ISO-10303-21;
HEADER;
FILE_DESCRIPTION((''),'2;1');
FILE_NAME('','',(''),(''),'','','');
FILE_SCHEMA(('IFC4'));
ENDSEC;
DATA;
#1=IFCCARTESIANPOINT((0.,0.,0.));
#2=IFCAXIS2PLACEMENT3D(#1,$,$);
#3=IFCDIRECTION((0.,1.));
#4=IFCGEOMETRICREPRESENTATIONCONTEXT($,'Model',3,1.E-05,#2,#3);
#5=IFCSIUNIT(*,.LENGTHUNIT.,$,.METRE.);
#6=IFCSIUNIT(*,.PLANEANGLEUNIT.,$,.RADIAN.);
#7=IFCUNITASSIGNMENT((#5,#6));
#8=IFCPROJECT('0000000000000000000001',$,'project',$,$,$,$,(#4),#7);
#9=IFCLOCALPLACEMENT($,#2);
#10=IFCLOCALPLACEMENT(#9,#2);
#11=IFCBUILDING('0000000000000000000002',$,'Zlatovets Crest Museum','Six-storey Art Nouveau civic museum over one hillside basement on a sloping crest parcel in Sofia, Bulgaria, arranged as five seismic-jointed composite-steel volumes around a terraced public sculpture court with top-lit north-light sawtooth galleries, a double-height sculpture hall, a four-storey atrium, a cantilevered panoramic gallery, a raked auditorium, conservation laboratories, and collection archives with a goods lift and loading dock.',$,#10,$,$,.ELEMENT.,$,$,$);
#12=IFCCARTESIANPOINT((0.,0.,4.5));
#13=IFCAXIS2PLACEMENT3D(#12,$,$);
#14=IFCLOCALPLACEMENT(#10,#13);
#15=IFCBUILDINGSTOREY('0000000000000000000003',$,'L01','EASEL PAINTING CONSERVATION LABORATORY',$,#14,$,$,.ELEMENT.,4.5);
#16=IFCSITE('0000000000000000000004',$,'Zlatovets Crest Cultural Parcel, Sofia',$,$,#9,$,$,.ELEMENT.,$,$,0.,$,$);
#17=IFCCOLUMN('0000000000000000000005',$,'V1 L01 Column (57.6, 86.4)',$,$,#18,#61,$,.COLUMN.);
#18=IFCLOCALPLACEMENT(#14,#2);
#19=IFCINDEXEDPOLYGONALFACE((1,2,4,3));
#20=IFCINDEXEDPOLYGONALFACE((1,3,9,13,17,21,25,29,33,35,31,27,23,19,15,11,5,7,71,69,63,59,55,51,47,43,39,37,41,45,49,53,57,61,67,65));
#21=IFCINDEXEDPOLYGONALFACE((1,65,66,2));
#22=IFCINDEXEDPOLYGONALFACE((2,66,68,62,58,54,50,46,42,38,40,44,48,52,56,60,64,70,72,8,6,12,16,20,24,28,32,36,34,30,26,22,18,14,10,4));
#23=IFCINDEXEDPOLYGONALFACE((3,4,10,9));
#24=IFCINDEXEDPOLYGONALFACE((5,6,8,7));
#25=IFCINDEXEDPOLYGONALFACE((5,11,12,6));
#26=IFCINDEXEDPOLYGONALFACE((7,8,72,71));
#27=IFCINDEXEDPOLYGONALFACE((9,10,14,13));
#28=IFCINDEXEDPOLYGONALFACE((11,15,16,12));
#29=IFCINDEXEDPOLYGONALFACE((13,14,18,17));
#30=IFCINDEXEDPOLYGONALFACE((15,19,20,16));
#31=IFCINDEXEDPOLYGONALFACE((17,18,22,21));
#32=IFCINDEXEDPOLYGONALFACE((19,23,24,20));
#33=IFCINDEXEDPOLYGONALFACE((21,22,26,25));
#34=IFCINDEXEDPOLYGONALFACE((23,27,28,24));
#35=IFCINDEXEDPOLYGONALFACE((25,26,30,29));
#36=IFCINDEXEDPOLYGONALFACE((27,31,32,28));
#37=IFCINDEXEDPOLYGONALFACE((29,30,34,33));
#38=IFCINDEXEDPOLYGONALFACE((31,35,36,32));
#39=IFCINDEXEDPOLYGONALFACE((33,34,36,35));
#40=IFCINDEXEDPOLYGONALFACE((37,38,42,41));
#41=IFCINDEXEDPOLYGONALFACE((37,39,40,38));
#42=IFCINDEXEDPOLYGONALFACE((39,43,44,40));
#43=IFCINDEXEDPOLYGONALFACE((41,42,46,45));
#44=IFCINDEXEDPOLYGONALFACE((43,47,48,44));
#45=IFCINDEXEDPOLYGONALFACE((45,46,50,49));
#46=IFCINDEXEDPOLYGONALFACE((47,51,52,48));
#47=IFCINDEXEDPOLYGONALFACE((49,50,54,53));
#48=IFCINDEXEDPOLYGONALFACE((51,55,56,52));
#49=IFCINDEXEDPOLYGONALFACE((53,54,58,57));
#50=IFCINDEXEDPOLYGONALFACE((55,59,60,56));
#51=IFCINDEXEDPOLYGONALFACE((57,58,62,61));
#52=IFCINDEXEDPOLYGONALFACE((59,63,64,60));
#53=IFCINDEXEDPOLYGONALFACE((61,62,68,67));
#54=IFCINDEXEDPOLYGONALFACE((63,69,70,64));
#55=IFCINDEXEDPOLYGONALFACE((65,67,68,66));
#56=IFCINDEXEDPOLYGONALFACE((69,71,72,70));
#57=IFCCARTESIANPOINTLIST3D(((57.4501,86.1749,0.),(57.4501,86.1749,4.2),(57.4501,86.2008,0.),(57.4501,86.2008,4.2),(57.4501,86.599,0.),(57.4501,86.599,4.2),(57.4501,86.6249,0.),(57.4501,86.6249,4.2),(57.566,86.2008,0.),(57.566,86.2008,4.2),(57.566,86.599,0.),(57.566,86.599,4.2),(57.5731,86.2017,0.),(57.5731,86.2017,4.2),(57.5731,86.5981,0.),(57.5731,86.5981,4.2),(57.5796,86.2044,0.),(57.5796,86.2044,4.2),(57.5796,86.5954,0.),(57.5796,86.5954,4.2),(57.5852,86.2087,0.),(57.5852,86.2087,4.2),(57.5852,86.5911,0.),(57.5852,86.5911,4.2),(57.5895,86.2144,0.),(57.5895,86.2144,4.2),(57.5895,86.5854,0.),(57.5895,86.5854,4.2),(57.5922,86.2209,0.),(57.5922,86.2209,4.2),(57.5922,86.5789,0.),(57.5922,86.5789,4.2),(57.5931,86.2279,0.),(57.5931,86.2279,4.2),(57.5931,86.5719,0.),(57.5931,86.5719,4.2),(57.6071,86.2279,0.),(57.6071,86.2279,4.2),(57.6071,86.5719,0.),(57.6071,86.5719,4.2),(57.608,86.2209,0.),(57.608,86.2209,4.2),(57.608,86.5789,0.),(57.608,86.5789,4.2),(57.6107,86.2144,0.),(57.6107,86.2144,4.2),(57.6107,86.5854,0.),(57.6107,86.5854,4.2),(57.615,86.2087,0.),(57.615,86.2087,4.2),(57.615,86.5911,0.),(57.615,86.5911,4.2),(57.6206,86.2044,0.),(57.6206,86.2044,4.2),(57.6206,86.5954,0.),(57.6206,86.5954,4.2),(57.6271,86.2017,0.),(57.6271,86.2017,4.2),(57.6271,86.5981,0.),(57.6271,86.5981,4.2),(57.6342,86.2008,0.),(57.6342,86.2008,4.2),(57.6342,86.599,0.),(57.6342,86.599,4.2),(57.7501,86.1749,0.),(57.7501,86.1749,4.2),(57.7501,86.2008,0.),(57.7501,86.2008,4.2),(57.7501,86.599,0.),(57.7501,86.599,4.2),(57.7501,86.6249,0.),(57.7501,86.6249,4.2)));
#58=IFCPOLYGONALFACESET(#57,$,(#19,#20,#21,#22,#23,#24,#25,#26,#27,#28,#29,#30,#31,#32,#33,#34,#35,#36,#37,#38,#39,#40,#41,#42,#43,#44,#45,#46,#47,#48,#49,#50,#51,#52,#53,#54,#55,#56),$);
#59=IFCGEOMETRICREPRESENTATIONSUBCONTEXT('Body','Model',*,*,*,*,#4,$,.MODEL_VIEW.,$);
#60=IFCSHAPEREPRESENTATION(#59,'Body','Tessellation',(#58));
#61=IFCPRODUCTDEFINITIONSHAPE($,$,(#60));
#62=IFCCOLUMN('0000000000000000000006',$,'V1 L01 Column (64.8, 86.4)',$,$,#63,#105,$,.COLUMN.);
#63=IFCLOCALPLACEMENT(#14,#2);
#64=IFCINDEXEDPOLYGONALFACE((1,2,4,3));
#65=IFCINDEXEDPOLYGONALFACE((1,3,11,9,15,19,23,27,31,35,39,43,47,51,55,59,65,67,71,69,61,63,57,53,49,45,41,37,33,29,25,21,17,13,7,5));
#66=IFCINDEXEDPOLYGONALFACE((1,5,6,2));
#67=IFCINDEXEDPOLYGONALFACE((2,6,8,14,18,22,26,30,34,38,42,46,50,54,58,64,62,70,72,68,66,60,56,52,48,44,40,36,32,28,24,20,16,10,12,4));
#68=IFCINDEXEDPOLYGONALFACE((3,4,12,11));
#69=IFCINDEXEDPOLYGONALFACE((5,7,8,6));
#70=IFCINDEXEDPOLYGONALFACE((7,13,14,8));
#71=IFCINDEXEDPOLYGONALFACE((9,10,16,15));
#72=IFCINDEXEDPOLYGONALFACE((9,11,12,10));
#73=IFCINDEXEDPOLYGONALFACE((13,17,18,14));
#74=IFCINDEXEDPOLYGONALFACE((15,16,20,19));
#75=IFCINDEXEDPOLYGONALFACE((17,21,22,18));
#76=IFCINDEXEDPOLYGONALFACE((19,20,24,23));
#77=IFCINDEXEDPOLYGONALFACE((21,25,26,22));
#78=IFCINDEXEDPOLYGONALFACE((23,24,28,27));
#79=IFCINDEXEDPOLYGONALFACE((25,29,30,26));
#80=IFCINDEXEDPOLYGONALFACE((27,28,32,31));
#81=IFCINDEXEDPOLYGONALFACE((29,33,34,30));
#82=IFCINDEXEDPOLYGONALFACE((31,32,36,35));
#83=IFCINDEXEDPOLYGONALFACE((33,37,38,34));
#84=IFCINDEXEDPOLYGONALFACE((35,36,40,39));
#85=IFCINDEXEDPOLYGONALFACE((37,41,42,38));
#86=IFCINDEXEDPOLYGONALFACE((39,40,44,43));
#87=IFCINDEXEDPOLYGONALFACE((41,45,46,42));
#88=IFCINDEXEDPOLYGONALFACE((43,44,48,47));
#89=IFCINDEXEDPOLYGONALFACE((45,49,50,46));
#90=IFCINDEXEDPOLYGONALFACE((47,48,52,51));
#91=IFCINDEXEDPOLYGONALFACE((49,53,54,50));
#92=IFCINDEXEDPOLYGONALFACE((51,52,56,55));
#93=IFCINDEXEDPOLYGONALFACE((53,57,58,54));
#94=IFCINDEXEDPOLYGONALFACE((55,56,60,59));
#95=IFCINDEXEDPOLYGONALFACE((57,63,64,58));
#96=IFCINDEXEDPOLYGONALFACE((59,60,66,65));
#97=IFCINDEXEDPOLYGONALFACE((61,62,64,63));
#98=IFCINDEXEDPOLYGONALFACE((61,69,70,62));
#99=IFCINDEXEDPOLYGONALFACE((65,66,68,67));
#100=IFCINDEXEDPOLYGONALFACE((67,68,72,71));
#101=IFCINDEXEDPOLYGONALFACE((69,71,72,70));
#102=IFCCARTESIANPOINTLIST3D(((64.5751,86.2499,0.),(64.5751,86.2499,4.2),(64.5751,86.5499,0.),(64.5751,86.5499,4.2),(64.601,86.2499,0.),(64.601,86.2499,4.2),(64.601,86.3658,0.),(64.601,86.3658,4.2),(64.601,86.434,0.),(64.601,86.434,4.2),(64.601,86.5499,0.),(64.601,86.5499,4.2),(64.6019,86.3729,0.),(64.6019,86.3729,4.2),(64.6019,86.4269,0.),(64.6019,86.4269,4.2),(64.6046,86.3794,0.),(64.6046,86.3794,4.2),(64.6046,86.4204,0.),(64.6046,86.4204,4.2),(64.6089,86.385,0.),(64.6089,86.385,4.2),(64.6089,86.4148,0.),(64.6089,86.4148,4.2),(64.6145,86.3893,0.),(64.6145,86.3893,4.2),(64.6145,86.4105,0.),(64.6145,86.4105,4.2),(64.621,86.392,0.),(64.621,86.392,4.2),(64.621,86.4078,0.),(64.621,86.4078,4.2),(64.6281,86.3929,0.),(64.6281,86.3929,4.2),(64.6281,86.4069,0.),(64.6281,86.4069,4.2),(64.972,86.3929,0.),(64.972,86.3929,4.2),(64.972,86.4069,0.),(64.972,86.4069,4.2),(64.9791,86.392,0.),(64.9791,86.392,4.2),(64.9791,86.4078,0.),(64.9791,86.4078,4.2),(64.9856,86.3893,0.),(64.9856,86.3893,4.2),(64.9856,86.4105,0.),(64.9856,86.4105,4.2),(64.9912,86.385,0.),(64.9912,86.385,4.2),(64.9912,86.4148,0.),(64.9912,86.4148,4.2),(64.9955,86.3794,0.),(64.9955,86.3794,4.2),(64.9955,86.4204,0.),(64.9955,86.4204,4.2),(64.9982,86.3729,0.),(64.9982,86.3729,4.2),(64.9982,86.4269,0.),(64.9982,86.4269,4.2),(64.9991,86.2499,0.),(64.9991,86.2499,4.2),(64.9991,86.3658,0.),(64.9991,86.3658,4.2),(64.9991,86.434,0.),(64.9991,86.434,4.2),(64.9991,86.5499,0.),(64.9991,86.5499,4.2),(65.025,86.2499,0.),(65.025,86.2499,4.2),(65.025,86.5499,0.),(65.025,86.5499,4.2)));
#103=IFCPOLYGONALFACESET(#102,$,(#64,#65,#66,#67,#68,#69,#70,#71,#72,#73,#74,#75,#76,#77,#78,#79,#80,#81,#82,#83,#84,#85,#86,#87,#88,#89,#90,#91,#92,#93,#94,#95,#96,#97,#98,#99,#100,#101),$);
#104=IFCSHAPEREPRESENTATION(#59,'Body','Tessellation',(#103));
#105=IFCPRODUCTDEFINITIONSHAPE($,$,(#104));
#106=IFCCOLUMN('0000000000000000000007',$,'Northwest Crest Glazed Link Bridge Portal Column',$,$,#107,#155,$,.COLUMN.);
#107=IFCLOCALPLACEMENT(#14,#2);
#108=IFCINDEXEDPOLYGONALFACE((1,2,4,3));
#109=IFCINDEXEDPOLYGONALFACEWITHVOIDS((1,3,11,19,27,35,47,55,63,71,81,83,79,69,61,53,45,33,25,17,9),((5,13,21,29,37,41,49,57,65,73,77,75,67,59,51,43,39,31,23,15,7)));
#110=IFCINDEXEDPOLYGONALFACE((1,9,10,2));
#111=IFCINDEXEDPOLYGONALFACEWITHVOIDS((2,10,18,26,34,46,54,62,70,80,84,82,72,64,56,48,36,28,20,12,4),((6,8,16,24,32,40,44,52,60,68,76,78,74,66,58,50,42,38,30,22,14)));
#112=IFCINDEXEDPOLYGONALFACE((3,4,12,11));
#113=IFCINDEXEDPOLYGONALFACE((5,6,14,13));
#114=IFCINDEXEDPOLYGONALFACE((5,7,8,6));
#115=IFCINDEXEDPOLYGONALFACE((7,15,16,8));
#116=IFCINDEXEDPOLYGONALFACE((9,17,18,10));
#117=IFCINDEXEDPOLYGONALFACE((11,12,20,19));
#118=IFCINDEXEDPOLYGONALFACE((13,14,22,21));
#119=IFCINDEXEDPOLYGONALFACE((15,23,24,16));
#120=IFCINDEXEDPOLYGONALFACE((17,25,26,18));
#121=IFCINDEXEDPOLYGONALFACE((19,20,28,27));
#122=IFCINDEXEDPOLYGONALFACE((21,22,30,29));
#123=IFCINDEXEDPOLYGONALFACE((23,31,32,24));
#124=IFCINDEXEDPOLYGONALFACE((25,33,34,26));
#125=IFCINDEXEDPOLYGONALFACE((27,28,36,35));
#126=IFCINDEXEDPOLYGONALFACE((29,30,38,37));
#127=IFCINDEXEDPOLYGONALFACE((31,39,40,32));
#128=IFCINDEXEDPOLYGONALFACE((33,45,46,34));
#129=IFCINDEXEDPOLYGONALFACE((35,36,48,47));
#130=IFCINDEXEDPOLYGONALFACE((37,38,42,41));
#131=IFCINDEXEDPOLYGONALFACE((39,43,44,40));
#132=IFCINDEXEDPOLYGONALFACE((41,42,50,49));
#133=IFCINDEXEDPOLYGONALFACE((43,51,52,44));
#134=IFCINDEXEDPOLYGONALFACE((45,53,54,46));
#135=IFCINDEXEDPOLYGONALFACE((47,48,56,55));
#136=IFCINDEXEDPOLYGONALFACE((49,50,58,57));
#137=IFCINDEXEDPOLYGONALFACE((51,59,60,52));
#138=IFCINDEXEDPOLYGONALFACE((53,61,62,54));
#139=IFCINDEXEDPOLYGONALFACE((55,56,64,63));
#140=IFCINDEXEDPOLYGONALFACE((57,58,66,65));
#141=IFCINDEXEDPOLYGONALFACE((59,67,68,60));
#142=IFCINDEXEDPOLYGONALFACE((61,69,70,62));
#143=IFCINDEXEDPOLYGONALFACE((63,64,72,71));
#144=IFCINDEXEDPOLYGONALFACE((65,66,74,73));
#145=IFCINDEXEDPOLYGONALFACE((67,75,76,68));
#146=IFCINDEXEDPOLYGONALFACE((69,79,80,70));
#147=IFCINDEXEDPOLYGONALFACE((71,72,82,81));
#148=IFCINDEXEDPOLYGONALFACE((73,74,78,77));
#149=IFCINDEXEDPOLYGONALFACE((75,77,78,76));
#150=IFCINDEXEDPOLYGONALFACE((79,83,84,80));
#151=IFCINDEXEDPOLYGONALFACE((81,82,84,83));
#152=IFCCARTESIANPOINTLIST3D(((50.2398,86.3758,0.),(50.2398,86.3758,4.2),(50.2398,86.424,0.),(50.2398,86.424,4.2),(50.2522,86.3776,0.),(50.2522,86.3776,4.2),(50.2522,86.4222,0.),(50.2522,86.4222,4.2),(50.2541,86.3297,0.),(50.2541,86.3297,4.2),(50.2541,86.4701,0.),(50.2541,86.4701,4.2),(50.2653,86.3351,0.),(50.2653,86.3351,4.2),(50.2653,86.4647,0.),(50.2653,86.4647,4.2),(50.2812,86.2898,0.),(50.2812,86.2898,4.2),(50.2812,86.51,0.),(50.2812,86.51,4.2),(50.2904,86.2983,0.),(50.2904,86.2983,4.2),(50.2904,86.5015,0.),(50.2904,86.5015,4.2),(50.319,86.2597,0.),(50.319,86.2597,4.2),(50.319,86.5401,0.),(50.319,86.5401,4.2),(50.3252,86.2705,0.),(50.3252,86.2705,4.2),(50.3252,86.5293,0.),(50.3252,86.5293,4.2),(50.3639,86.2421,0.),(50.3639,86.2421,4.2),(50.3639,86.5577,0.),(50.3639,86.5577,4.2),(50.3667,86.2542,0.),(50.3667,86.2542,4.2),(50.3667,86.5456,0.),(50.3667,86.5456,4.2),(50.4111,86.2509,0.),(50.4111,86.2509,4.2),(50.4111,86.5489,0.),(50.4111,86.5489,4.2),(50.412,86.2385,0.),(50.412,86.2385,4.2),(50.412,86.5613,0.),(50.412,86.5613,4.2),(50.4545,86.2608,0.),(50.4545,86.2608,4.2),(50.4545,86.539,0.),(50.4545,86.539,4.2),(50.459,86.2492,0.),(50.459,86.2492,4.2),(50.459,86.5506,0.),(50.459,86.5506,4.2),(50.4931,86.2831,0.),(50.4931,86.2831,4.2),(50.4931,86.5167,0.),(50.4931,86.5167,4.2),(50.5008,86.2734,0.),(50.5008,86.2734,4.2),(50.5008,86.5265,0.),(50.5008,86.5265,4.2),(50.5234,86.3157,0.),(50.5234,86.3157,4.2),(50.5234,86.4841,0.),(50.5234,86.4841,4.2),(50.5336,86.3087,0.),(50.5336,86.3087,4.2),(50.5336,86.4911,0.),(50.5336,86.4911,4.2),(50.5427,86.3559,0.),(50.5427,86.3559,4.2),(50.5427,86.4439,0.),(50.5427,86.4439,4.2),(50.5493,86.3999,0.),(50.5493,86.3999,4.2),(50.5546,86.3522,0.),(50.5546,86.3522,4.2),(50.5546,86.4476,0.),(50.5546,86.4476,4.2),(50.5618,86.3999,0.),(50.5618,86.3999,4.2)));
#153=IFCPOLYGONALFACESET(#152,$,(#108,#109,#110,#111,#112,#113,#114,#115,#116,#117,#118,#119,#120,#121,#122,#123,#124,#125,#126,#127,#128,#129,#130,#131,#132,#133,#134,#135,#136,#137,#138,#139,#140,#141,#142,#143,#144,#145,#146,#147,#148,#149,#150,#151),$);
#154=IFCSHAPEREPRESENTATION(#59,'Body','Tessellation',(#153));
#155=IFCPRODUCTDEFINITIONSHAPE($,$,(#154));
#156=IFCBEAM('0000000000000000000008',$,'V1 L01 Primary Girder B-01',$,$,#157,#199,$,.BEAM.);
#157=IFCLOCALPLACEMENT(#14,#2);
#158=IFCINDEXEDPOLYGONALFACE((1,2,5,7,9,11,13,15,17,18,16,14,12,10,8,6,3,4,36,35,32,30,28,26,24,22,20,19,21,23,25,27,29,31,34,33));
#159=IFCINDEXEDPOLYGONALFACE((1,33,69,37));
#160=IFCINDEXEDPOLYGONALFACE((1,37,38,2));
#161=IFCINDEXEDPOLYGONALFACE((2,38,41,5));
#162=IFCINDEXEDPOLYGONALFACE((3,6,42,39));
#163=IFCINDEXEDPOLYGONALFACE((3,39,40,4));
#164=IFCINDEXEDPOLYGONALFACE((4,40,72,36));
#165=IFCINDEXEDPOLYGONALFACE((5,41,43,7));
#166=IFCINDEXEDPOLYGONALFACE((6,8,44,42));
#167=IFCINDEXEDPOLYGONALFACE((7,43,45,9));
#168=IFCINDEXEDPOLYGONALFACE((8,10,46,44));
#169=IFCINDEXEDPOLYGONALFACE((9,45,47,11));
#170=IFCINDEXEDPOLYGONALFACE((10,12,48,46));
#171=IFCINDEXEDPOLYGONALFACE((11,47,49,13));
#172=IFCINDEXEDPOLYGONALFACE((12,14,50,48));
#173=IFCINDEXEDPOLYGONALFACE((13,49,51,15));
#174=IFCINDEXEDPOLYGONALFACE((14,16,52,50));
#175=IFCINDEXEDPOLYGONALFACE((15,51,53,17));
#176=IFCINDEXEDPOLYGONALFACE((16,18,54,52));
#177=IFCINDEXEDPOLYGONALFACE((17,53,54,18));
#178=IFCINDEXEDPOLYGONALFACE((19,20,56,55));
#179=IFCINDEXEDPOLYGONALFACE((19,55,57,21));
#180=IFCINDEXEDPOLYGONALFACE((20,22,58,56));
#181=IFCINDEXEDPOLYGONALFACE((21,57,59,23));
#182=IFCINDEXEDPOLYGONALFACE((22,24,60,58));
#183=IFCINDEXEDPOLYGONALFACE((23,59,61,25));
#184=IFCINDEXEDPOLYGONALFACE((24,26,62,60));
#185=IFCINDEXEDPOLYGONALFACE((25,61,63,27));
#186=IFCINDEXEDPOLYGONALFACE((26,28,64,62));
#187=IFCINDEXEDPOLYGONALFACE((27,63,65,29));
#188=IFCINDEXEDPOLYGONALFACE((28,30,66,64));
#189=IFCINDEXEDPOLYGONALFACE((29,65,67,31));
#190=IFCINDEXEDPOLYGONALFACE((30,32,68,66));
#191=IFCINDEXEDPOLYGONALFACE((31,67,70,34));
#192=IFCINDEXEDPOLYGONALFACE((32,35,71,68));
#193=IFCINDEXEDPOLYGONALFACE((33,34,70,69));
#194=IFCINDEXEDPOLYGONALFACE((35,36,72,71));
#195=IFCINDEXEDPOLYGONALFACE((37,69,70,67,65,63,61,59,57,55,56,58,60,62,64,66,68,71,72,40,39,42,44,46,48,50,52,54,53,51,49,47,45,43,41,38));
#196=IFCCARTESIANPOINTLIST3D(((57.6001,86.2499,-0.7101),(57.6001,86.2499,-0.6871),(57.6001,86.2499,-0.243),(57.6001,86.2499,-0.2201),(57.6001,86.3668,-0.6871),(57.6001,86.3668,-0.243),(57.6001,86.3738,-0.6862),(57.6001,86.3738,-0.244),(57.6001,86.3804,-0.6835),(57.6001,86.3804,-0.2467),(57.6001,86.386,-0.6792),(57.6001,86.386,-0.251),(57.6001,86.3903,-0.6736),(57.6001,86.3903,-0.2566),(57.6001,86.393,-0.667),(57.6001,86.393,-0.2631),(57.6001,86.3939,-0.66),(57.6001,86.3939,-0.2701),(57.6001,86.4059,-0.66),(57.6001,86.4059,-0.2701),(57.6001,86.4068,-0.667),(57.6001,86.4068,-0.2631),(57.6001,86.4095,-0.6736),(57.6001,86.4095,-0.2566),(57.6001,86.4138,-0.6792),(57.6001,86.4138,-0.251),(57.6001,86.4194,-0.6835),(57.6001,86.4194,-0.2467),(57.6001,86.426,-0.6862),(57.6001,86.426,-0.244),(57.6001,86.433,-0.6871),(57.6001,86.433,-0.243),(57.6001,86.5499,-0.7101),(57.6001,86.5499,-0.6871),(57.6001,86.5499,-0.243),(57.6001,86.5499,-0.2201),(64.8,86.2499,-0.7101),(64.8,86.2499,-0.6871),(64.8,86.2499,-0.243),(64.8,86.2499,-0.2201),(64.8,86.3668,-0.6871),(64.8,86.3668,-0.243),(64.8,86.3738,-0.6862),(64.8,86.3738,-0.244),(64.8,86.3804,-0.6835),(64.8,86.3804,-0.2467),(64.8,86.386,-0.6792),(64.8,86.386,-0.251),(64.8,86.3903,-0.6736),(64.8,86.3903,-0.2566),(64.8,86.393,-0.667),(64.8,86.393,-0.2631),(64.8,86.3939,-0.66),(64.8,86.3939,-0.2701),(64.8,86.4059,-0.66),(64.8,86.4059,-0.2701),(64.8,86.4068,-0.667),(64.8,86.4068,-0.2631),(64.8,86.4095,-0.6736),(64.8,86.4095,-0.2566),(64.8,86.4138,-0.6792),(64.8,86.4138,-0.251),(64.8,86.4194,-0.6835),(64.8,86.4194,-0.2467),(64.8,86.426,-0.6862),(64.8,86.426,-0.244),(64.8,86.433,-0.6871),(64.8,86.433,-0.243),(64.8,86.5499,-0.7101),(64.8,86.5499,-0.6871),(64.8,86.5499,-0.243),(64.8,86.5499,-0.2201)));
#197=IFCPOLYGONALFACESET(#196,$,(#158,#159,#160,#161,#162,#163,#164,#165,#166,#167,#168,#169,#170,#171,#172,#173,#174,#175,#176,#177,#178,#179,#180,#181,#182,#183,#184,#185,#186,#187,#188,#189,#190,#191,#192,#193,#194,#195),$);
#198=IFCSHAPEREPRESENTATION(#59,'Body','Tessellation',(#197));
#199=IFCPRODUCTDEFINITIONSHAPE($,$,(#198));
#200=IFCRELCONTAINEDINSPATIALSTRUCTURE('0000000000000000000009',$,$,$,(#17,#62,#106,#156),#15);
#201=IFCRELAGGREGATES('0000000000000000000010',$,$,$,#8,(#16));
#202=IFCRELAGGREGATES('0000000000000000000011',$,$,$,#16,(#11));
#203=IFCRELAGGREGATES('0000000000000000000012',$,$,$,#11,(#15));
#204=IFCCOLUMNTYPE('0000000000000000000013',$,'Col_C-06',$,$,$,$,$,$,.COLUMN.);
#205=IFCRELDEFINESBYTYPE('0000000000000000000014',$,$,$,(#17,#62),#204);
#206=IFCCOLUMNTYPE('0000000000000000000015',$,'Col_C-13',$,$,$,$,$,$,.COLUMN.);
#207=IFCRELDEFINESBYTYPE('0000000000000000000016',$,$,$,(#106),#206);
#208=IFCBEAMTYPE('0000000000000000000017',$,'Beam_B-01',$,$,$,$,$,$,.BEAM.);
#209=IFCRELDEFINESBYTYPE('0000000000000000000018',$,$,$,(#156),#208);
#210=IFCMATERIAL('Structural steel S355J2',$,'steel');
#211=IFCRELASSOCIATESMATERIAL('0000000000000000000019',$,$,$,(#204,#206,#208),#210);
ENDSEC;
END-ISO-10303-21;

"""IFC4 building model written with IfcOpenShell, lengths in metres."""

from ifc_helpers import new_model, si_unit, direction, frame, origin, origin_2d, place, context, subcontext, project, spatial, hollow_circle, i_section, extrude, material, material_profile, profile_set, type_object, element, save


model = new_model("IFC4")

# Units and contexts
model_context = context("Model", 3, precision=1e-05, world=origin(), true_north=direction((0.0, 1.0)))
body_context = subcontext(model_context, "Body", "Model", "MODEL_VIEW")
ifc_project = project(units=[si_unit("LENGTHUNIT", "METRE"), si_unit("PLANEANGLEUNIT", "RADIAN")], contexts=[model_context])

# Site, building, storey
site_placement = place(None, origin())
site = spatial("IfcSite", under=ifc_project, at=site_placement, Name="Zlatovets Crest Cultural Parcel, Sofia", CompositionType="ELEMENT", RefElevation=0.0)
building_placement = place(site_placement, origin())
building = spatial("IfcBuilding", under=site, at=building_placement, Name="Zlatovets Crest Museum", Description="Six-storey Art Nouveau civic museum over one hillside basement on a sloping crest parcel in Sofia, Bulgaria, arranged as five seismic-jointed composite-steel volumes around a terraced public sculpture court with top-lit north-light sawtooth galleries, a double-height sculpture hall, a four-storey atrium, a cantilevered panoramic gallery, a raked auditorium, conservation laboratories, and collection archives with a goods lift and loading dock.", CompositionType="ELEMENT")
storey_placement = place(building_placement, frame((0.0, 0.0, 4.5)))
storey = spatial("IfcBuildingStorey", under=building, at=storey_placement, Name="L01", Description="EASEL PAINTING CONSERVATION LABORATORY", CompositionType="ELEMENT", Elevation=4.5)

# Columns
ifc_material_1 = material(Name="Structural steel S355J2", Category="steel")
ifc_material_profile_1 = material_profile(ifc_material_1, i_section(OverallWidth=0.3, OverallDepth=0.45, WebThickness=0.0139, FlangeThickness=0.0259, FilletRadius=0.0271, at=origin_2d()), Name="HEB 450")
ifc_profile_set_1 = profile_set([ifc_material_profile_1], Name="Structural steel S355J2")
column_type_1 = type_object("IfcColumnType", Name="Col_C-06", PredefinedType="COLUMN", material=ifc_profile_set_1)
for number, where, z_axis, x_axis, name in (
    (1, (57.6001, 86.3999, 0.0), (0.0, 0.0, 1.0), (1.0, 0.0, 0.0), "V1 L01 Column (57.6, 86.4)"),
    (2, (64.8, 86.3999, 0.0), (0.0, 0.0, 1.0), (0.0, 1.0, 0.0), "V1 L01 Column (64.8, 86.4)"),
):
    element("IfcColumn", number, at=place(storey_placement, frame(where, z_axis=z_axis, x_axis=x_axis)), inside=storey, type_object=column_type_1, Name=name, PredefinedType="COLUMN", context=body_context, shape_type="SweptSolid", body=[
        extrude(i_section(OverallWidth=0.3, OverallDepth=0.45, WebThickness=0.0139, FlangeThickness=0.0259, FilletRadius=0.0271, at=origin_2d()), origin(), (0.0, 0.0, 1.0), 4.2),
    ])
ifc_material_profile_2 = material_profile(ifc_material_1, hollow_circle(Radius=0.1619, WallThickness=0.0125, at=origin_2d()), Name="CHS 323.9x12.5")
ifc_profile_set_2 = profile_set([ifc_material_profile_2], Name="Structural steel S355J2")
column_type_2 = type_object("IfcColumnType", Name="Col_C-13", PredefinedType="COLUMN", material=ifc_profile_set_2)
column_placement = place(storey_placement, frame((50.3999, 86.3999, 0.0), z_axis=(0.0, 0.0, 1.0), x_axis=(1.0, 0.0, 0.0)))
element("IfcColumn", 3, at=column_placement, inside=storey, type_object=column_type_2, Name="Northwest Crest Glazed Link Bridge Portal Column", PredefinedType="COLUMN", context=body_context, shape_type="SweptSolid", body=[
    extrude(hollow_circle(Radius=0.1619, WallThickness=0.0125, at=origin_2d()), origin(), (0.0, 0.0, 1.0), 4.2),
])

# Beam
ifc_material_profile_3 = material_profile(ifc_material_1, i_section(OverallWidth=0.3, OverallDepth=0.49, WebThickness=0.012, FlangeThickness=0.0229, FilletRadius=0.0271, at=origin_2d()), Name="HEA 500")
ifc_profile_set_3 = profile_set([ifc_material_profile_3], Name="Structural steel S355J2")
beam_type_1 = type_object("IfcBeamType", Name="Beam_B-01", PredefinedType="BEAM", material=ifc_profile_set_3)
for number, where, z_axis, x_axis, name in (
    (4, (57.6001, 86.3999, -0.4651), (1.0, 0.0, 0.0), (0.0, 1.0, 0.0), "V1 L01 Primary Girder B-01"),
):
    element("IfcBeam", number, at=place(storey_placement, frame(where, z_axis=z_axis, x_axis=x_axis)), inside=storey, type_object=beam_type_1, Name=name, PredefinedType="BEAM", context=body_context, shape_type="SweptSolid", body=[
        extrude(i_section(OverallWidth=0.3, OverallDepth=0.49, WebThickness=0.012, FlangeThickness=0.0229, FilletRadius=0.0271, at=origin_2d()), origin(), (0.0, 0.0, 1.0), 7.2),
    ])

save(model, "model.ifc")
